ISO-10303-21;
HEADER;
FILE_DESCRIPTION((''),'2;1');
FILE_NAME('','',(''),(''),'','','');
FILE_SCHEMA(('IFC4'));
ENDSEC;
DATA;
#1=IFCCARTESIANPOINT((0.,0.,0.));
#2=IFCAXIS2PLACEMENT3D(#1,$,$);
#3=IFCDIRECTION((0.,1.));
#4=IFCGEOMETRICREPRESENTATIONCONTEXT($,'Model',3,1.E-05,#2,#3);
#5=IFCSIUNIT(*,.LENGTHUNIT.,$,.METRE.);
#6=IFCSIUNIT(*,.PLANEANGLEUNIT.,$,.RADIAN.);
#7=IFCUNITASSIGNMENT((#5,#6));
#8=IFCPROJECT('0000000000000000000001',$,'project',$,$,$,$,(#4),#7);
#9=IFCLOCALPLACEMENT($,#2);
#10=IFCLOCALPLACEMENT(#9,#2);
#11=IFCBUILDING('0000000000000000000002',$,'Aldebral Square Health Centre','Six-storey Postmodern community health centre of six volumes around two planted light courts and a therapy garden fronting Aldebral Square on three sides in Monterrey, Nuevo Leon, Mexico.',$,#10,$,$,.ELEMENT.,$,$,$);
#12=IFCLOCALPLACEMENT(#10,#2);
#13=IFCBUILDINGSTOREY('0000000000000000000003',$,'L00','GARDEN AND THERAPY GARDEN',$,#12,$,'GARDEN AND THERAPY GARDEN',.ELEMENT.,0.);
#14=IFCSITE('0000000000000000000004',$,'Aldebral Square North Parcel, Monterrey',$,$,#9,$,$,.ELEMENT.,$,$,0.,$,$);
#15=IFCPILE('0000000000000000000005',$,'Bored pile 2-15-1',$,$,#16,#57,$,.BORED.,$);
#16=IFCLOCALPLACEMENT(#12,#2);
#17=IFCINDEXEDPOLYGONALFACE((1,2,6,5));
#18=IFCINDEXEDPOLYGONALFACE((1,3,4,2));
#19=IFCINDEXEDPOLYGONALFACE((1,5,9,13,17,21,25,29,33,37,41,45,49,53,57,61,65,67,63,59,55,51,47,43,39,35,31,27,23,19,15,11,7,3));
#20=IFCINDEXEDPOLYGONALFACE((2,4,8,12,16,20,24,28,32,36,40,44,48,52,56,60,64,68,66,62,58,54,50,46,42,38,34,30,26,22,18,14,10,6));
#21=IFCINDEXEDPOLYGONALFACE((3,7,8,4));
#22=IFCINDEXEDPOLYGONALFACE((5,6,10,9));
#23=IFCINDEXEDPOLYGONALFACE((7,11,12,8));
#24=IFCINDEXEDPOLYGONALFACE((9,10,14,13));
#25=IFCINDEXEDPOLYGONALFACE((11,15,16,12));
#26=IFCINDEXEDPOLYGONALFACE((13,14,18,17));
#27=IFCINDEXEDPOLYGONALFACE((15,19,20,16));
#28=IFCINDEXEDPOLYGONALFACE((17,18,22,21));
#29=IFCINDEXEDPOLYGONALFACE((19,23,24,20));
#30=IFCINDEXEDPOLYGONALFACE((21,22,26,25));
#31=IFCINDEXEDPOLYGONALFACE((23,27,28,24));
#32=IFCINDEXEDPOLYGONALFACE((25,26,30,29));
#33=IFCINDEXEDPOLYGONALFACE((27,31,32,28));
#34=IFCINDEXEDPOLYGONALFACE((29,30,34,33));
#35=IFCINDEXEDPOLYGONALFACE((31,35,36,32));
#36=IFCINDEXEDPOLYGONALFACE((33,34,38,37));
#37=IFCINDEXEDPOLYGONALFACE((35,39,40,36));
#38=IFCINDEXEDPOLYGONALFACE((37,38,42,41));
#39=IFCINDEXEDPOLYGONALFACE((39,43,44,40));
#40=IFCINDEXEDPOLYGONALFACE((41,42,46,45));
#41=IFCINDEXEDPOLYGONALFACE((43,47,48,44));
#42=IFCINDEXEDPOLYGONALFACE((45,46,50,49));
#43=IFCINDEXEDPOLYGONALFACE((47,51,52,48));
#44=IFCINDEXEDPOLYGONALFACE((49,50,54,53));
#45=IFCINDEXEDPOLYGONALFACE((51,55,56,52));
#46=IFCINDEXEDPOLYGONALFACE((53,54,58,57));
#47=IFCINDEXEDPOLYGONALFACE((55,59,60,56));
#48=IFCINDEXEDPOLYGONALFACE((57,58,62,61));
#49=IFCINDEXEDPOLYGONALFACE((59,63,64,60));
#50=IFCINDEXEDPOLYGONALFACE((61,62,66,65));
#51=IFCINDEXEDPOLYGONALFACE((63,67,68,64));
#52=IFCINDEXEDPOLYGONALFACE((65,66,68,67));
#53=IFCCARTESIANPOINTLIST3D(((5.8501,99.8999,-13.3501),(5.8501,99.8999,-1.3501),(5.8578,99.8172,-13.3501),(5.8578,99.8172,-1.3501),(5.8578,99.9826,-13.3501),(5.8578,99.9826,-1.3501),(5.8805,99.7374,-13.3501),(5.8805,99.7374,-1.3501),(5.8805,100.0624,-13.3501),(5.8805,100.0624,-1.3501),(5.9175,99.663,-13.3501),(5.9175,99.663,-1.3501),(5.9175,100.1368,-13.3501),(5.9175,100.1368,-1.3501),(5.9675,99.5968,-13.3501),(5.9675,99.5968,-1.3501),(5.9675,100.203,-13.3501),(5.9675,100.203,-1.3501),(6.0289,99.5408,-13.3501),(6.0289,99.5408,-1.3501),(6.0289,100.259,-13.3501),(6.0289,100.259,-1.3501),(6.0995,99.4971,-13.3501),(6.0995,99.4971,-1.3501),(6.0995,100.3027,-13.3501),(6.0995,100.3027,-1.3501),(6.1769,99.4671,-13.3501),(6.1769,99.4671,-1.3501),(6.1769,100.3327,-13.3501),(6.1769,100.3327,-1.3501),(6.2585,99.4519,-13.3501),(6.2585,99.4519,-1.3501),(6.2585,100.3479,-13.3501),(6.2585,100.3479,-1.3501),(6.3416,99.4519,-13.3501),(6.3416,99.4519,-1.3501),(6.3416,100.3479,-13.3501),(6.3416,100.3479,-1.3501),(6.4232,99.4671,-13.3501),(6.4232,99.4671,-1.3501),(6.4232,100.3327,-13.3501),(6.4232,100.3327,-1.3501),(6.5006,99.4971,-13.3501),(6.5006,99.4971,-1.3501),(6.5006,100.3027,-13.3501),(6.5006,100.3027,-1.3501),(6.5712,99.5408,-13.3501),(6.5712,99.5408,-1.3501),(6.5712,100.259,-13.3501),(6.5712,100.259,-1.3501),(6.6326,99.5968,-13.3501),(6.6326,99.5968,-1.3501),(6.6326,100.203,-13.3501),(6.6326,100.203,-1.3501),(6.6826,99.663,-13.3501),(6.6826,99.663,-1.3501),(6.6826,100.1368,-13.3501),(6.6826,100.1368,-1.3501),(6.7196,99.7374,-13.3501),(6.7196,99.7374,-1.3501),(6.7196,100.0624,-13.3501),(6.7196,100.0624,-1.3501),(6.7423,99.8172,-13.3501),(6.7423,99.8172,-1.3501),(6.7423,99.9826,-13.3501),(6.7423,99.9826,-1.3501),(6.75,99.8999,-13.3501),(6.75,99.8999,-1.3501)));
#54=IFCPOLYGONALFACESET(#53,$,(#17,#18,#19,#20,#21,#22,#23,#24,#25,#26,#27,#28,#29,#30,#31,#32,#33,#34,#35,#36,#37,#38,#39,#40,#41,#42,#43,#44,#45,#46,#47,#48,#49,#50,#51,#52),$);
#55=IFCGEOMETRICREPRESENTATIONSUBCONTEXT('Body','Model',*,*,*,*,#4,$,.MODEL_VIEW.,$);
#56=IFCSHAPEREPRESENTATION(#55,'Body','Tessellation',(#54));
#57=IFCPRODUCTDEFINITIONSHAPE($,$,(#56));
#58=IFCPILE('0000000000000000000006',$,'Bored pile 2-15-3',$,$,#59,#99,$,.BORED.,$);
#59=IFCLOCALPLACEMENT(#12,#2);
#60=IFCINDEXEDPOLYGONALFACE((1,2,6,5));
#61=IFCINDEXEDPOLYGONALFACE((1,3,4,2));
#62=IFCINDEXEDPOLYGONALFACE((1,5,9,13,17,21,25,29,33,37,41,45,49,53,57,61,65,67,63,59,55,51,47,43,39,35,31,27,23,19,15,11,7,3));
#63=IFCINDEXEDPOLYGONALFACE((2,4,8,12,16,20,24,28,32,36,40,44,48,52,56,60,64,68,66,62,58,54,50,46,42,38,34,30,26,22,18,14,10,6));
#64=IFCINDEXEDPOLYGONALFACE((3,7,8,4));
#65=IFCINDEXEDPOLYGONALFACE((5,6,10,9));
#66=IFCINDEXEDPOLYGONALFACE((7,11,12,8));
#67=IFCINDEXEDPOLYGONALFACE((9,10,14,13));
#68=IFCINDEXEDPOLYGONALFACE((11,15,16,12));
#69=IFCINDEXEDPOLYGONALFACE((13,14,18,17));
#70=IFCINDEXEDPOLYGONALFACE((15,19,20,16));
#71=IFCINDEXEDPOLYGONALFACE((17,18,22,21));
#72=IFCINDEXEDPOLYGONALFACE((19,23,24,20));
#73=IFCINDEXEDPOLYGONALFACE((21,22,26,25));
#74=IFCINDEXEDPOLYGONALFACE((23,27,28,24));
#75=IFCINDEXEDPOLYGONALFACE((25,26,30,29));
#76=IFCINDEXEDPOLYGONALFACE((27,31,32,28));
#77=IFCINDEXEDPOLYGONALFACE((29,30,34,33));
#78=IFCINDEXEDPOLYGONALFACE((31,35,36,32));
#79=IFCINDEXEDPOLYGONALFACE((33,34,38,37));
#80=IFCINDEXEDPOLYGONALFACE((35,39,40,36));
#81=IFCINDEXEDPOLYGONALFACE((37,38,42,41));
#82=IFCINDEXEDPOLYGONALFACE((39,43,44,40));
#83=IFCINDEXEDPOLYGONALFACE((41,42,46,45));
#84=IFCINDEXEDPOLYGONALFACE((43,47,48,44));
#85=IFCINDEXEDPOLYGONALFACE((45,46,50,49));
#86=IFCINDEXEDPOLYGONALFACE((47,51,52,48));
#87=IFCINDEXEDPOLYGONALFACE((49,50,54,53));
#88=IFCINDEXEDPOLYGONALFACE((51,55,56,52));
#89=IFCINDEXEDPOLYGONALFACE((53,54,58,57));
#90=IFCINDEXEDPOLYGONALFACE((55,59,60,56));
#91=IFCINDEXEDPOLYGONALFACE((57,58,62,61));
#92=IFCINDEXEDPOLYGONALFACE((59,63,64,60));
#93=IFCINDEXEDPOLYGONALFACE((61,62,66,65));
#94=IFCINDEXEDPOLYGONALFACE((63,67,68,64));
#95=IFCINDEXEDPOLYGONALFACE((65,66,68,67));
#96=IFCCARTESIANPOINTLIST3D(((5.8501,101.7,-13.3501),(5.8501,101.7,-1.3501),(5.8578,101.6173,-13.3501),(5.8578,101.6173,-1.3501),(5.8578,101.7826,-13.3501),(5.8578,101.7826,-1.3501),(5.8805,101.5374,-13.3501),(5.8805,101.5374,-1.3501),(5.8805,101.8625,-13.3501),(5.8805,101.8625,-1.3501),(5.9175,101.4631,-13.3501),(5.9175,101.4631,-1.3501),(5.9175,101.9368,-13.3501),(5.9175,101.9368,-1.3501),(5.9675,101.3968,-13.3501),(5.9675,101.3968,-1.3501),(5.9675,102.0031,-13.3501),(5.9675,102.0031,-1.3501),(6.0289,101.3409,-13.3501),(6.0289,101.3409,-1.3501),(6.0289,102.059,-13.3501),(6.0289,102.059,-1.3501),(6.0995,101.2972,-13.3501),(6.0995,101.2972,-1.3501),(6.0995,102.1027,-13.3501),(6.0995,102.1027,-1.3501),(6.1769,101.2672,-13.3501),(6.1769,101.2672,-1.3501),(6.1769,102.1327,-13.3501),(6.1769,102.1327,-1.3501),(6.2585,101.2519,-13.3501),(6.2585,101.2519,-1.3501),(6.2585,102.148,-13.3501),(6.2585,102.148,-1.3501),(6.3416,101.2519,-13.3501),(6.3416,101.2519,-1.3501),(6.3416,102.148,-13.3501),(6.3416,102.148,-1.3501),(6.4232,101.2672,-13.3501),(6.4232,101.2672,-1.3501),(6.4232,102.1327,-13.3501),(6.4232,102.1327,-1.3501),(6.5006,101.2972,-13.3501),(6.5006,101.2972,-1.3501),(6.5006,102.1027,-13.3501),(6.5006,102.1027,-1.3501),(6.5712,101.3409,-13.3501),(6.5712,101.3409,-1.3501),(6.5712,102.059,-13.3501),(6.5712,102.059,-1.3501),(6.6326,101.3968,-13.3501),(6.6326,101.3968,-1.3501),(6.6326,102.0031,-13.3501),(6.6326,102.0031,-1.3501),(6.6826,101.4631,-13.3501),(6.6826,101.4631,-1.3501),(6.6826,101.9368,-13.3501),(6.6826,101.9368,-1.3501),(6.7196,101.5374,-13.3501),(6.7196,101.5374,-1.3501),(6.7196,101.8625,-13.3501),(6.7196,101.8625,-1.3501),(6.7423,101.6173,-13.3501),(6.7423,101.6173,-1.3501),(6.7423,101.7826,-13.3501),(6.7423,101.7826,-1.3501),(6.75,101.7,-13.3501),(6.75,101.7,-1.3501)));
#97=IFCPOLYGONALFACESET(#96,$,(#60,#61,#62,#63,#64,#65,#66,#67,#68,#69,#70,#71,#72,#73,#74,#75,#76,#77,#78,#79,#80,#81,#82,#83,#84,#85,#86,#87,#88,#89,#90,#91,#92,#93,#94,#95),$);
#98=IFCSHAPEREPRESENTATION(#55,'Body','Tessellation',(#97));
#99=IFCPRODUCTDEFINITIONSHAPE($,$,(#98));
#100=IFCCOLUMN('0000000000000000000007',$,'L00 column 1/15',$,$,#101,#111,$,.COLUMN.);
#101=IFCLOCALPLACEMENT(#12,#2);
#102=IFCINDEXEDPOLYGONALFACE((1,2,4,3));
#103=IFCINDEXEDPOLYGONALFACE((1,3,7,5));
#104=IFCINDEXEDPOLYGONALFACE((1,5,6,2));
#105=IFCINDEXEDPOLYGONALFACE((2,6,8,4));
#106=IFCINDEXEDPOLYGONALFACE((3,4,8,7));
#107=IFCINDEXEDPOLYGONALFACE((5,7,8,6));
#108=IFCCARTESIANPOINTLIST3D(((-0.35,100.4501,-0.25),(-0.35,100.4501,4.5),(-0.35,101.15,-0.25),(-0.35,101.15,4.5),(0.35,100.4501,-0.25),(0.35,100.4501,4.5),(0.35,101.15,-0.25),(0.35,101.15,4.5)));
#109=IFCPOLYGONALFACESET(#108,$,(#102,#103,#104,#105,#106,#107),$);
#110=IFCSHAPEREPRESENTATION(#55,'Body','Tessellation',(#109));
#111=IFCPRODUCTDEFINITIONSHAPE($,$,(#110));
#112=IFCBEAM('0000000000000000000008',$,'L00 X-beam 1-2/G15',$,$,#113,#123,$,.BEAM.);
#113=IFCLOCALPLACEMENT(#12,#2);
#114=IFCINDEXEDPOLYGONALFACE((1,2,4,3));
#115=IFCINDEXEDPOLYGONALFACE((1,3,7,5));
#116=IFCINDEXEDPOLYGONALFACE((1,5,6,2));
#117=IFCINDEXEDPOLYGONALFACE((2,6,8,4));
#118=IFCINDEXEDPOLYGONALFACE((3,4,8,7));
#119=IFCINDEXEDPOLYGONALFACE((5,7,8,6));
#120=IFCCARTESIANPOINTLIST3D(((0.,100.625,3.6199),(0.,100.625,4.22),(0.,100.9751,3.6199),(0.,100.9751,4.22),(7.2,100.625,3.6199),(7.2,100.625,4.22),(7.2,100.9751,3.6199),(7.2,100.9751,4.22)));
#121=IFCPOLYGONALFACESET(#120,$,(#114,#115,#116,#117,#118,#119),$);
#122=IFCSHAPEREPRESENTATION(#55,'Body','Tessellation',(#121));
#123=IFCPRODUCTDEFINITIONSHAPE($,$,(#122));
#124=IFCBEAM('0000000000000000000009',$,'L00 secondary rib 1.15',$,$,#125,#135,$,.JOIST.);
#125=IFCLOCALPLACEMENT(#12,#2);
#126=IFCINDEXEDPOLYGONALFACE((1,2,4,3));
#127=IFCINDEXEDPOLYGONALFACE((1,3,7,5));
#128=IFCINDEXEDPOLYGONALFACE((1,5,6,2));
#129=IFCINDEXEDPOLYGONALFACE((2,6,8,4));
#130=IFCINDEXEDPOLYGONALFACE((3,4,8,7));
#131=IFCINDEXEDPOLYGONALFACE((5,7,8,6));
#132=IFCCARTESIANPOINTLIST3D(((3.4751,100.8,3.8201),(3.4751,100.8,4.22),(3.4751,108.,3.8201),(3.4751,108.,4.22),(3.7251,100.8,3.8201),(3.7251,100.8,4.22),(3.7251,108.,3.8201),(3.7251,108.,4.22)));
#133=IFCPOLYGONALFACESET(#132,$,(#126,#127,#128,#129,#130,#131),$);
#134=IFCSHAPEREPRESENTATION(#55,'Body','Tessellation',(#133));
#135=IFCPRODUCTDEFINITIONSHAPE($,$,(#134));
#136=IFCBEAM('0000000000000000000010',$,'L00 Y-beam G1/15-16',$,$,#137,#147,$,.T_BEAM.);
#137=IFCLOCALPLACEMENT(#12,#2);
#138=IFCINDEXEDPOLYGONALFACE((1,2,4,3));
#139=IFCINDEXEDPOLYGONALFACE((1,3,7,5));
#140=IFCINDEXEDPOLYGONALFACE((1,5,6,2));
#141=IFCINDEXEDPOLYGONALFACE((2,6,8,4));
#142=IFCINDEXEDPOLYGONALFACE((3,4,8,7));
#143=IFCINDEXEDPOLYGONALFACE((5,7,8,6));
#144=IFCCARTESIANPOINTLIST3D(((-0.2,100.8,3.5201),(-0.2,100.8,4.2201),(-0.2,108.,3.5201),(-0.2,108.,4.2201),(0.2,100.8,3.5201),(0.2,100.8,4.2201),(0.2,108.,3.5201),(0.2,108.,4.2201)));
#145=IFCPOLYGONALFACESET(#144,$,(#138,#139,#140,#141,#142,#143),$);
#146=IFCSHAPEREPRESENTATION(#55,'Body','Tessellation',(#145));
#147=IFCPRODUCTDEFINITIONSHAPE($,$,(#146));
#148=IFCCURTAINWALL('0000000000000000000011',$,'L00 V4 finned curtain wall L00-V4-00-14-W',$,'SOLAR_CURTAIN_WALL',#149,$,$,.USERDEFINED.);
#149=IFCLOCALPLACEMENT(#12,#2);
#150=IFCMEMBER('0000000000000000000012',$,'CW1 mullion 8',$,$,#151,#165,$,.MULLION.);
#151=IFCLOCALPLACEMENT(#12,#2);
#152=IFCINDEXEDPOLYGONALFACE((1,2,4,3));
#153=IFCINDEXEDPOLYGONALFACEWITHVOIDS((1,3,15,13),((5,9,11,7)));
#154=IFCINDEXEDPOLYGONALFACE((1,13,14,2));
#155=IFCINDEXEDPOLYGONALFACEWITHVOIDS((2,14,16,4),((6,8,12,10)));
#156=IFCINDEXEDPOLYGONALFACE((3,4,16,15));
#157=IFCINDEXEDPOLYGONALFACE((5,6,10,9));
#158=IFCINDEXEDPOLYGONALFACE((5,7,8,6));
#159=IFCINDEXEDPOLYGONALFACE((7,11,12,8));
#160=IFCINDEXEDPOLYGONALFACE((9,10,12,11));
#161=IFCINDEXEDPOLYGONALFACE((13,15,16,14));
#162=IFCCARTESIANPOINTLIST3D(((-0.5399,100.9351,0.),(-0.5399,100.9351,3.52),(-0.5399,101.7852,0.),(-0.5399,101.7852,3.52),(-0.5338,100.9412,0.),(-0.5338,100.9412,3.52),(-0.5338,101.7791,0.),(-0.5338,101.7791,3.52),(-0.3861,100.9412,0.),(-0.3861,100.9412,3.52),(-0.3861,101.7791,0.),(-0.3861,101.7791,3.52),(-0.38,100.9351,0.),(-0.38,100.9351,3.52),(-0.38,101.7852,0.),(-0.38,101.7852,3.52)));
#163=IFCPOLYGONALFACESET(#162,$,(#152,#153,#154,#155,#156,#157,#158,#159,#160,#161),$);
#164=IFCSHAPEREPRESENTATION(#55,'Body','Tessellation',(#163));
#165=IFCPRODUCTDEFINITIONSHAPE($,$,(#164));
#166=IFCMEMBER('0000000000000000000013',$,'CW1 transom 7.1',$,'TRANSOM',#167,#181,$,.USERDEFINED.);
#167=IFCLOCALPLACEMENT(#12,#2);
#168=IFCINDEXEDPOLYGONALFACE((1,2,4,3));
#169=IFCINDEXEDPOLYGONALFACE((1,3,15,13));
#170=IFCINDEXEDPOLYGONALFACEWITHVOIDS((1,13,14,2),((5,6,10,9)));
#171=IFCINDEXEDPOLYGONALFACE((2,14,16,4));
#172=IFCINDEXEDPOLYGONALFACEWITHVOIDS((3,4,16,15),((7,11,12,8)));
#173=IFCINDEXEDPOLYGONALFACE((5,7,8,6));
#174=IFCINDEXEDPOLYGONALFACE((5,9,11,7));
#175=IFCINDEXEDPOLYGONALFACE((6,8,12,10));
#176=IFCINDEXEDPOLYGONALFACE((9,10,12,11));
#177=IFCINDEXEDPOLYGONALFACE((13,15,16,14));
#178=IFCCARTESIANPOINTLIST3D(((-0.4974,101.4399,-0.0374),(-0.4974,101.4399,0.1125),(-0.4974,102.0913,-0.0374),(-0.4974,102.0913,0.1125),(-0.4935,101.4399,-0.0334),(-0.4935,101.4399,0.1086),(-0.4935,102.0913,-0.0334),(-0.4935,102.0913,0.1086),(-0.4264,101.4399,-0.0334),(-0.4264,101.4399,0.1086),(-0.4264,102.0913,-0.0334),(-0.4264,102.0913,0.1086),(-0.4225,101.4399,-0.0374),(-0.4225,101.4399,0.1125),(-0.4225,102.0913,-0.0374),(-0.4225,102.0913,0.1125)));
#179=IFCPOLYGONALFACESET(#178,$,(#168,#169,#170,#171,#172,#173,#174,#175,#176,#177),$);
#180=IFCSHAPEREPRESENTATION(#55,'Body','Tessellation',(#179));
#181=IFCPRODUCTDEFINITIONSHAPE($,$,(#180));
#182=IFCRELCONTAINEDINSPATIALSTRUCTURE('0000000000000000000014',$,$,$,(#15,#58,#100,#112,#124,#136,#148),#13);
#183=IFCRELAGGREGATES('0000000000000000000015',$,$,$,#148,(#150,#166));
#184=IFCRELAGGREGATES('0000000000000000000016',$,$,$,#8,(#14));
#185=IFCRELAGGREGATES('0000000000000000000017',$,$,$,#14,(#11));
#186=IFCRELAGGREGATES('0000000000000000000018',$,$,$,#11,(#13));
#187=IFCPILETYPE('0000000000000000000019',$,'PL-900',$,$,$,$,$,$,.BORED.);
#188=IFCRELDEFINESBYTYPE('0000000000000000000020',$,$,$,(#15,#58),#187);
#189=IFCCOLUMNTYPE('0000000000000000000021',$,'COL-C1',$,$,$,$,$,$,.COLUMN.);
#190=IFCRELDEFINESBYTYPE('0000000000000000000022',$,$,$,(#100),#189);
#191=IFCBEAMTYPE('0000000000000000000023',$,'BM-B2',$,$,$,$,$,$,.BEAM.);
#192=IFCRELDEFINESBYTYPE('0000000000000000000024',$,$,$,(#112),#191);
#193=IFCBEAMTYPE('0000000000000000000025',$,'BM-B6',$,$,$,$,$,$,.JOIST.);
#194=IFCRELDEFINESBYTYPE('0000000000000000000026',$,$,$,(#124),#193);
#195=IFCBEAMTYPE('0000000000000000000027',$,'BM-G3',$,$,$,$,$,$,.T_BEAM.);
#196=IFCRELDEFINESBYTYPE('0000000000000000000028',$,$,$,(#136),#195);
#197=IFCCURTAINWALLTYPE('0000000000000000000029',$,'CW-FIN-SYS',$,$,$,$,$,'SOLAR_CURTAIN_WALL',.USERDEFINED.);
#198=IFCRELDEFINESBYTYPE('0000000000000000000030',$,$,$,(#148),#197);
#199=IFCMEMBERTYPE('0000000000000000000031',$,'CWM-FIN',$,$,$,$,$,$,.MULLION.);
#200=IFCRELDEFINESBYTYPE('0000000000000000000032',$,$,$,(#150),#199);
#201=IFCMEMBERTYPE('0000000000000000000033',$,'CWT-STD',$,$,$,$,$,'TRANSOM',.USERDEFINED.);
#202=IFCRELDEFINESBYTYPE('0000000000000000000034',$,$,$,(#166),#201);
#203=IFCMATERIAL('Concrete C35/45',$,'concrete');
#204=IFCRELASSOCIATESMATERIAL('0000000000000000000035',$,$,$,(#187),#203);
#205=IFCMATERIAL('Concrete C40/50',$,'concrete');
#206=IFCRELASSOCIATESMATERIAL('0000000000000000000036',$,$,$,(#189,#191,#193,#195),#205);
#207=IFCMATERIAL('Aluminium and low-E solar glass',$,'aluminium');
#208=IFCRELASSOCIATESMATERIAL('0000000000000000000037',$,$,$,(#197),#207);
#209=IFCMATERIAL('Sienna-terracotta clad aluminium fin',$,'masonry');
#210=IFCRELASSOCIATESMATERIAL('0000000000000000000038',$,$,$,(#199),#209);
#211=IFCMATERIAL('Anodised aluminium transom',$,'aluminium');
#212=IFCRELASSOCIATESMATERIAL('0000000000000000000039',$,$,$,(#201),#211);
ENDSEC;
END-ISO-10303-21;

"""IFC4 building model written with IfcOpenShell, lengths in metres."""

from ifc_helpers import new_model, si_unit, direction, frame, origin, origin_2d, place, context, subcontext, project, spatial, rectangle, hollow_rectangle, circle, extrude, material, material_profile, profile_set, type_object, element, aggregate, save


model = new_model("IFC4")

# Units and contexts
model_context = context("Model", 3, precision=1e-05, world=origin(), true_north=direction((0.0, 1.0)))
body_context = subcontext(model_context, "Body", "Model", "MODEL_VIEW")
ifc_project = project(units=[si_unit("LENGTHUNIT", "METRE"), si_unit("PLANEANGLEUNIT", "RADIAN")], contexts=[model_context])

# Site, building, storey
site_placement = place(None, origin())
site = spatial("IfcSite", under=ifc_project, at=site_placement, Name="Aldebral Square North Parcel, Monterrey", CompositionType="ELEMENT", RefElevation=0.0)
building_placement = place(site_placement, origin())
building = spatial("IfcBuilding", under=site, at=building_placement, Name="Aldebral Square Health Centre", Description="Six-storey Postmodern community health centre of six volumes around two planted light courts and a therapy garden fronting Aldebral Square on three sides in Monterrey, Nuevo Leon, Mexico.", CompositionType="ELEMENT")
storey_placement = place(building_placement, origin())
storey = spatial("IfcBuildingStorey", under=building, at=storey_placement, Name="L00", Description="GARDEN AND THERAPY GARDEN", LongName="GARDEN AND THERAPY GARDEN", CompositionType="ELEMENT", Elevation=0.0)

# Shared definitions
ifc_material_1 = material(Name="Concrete C35/45", Category="concrete")

# Piles
ifc_material_profile_1 = material_profile(ifc_material_1, circle(Radius=0.45, at=origin_2d()), Name="PILE D900")
ifc_profile_set_1 = profile_set([ifc_material_profile_1], Name="Concrete C35/45")
pile_type = type_object("IfcPileType", Name="PL-900", PredefinedType="BORED", material=ifc_profile_set_1)
for number, where, z_axis, x_axis, name in (
    (1, (6.3, 99.8999, -1.3501), (0.0, 0.0, -1.0), (1.0, 0.0, 0.0), "Bored pile 2-15-1"),
    (2, (6.3, 101.7, -1.3501), (0.0, 0.0, -1.0), (1.0, 0.0, 0.0), "Bored pile 2-15-3"),
):
    element("IfcPile", number, at=place(storey_placement, frame(where, z_axis=z_axis, x_axis=x_axis)), inside=storey, type_object=pile_type, Name=name, PredefinedType="BORED", context=body_context, shape_type="SweptSolid", body=[
        extrude(circle(Radius=0.45, at=origin_2d()), origin(), (0.0, 0.0, 1.0), 12.0),
    ])

# Column
ifc_material_2 = material(Name="Concrete C40/50", Category="concrete")
ifc_material_profile_2 = material_profile(ifc_material_2, rectangle(XDim=0.7, YDim=0.7, at=origin_2d()), Name="RC 700x700")
ifc_profile_set_2 = profile_set([ifc_material_profile_2], Name="Concrete C40/50")
column_type = type_object("IfcColumnType", Name="COL-C1", PredefinedType="COLUMN", material=ifc_profile_set_2)
column_placement = place(storey_placement, frame((0.0, 100.8, -0.25), z_axis=(0.0, 0.0, 1.0), x_axis=(1.0, 0.0, 0.0)))
element("IfcColumn", 3, at=column_placement, inside=storey, type_object=column_type, Name="L00 column 1/15", PredefinedType="COLUMN", context=body_context, shape_type="SweptSolid", body=[
    extrude(rectangle(XDim=0.7, YDim=0.7, at=origin_2d()), origin(), (0.0, 0.0, 1.0), 4.75),
])

# Beams
ifc_material_profile_3 = material_profile(ifc_material_2, rectangle(XDim=0.3501, YDim=0.6001, at=origin_2d()), Name="RC 350x600")
ifc_profile_set_3 = profile_set([ifc_material_profile_3], Name="Concrete C40/50")
beam_type_1 = type_object("IfcBeamType", Name="BM-B2", PredefinedType="BEAM", material=ifc_profile_set_3)
beam_1_placement = place(storey_placement, frame((0.0, 100.8, 3.9199), z_axis=(1.0, 0.0, 0.0), x_axis=(0.0, 1.0, 0.0)))
element("IfcBeam", 4, at=beam_1_placement, inside=storey, type_object=beam_type_1, Name="L00 X-beam 1-2/G15", PredefinedType="BEAM", context=body_context, shape_type="SweptSolid", body=[
    extrude(rectangle(XDim=0.3501, YDim=0.6001, at=origin_2d()), origin(), (0.0, 0.0, 1.0), 7.2),
])
ifc_material_profile_4 = material_profile(ifc_material_2, rectangle(XDim=0.25, YDim=0.3999, at=origin_2d()), Name="RC 250x400")
ifc_profile_set_4 = profile_set([ifc_material_profile_4], Name="Concrete C40/50")
beam_type_2 = type_object("IfcBeamType", Name="BM-B6", PredefinedType="JOIST", material=ifc_profile_set_4)
beam_2_placement = place(storey_placement, frame((3.6001, 100.8, 4.02), z_axis=(0.0, 1.0, 0.0), x_axis=(-1.0, 0.0, 0.0)))
element("IfcBeam", 5, at=beam_2_placement, inside=storey, type_object=beam_type_2, Name="L00 secondary rib 1.15", PredefinedType="JOIST", context=body_context, shape_type="SweptSolid", body=[
    extrude(rectangle(XDim=0.25, YDim=0.3999, at=origin_2d()), origin(), (0.0, 0.0, 1.0), 7.2),
])
ifc_material_profile_5 = material_profile(ifc_material_2, rectangle(XDim=0.3999, YDim=0.7, at=origin_2d()), Name="RC 400x700")
ifc_profile_set_5 = profile_set([ifc_material_profile_5], Name="Concrete C40/50")
beam_type_3 = type_object("IfcBeamType", Name="BM-G3", PredefinedType="T_BEAM", material=ifc_profile_set_5)
beam_3_placement = place(storey_placement, frame((0.0, 100.8, 3.8701), z_axis=(0.0, 1.0, 0.0), x_axis=(-1.0, 0.0, 0.0)))
element("IfcBeam", 6, at=beam_3_placement, inside=storey, type_object=beam_type_3, Name="L00 Y-beam G1/15-16", PredefinedType="T_BEAM", context=body_context, shape_type="SweptSolid", body=[
    extrude(rectangle(XDim=0.3999, YDim=0.7, at=origin_2d()), origin(), (0.0, 0.0, 1.0), 7.2),
])

# Curtain wall, members
ifc_material_3 = material(Name="Aluminium and low-E solar glass", Category="aluminium")
curtain_wall_type = type_object("IfcCurtainWallType", Name="CW-FIN-SYS", ElementType="SOLAR_CURTAIN_WALL", PredefinedType="USERDEFINED", material=ifc_material_3)
curtain_wall_placement = place(storey_placement, origin())
curtain_wall = element("IfcCurtainWall", 7, at=curtain_wall_placement, inside=storey, type_object=curtain_wall_type, Name="L00 V4 finned curtain wall L00-V4-00-14-W", ObjectType="SOLAR_CURTAIN_WALL", PredefinedType="USERDEFINED")
ifc_material_4 = material(Name="Sienna-terracotta clad aluminium fin", Category="masonry")
ifc_material_profile_6 = material_profile(ifc_material_4, hollow_rectangle(XDim=0.1599, YDim=0.8501, WallThickness=0.0061, at=origin_2d()), Name="FIN 160x850x6")
ifc_profile_set_6 = profile_set([ifc_material_profile_6], Name="Sienna-terracotta clad aluminium fin")
member_type_1 = type_object("IfcMemberType", Name="CWM-FIN", PredefinedType="MULLION", material=ifc_profile_set_6)
member_1_placement = place(storey_placement, frame((-0.46, 101.3601, 0.0), z_axis=(0.0, 0.0, 1.0), x_axis=(1.0, 0.0, 0.0)))
member_1 = element("IfcMember", 8, at=member_1_placement, type_object=member_type_1, Name="CW1 mullion 8", PredefinedType="MULLION", context=body_context, shape_type="SweptSolid", body=[
    extrude(hollow_rectangle(XDim=0.1599, YDim=0.8501, WallThickness=0.0061, at=origin_2d()), origin(), (0.0, 0.0, 1.0), 3.52),
])
ifc_material_5 = material(Name="Anodised aluminium transom", Category="aluminium")
ifc_material_profile_7 = material_profile(ifc_material_5, hollow_rectangle(XDim=0.075, YDim=0.1499, WallThickness=0.0039, at=origin_2d()), Name="CWT 75x150x4")
ifc_profile_set_7 = profile_set([ifc_material_profile_7], Name="Anodised aluminium transom")
member_type_2 = type_object("IfcMemberType", Name="CWT-STD", ElementType="TRANSOM", PredefinedType="USERDEFINED", material=ifc_profile_set_7)
member_2_placement = place(storey_placement, frame((-0.46, 102.0913, 0.0376), z_axis=(0.0, -1.0, 0.0), x_axis=(1.0, 0.0, 0.0)))
member_2 = element("IfcMember", 9, at=member_2_placement, type_object=member_type_2, Name="CW1 transom 7.1", ObjectType="TRANSOM", PredefinedType="USERDEFINED", context=body_context, shape_type="SweptSolid", body=[
    extrude(hollow_rectangle(XDim=0.075, YDim=0.1499, WallThickness=0.0039, at=origin_2d()), origin(), (0.0, 0.0, 1.0), 0.6514),
])
aggregate(curtain_wall, [member_1, member_2])

save(model, "model.ifc")
